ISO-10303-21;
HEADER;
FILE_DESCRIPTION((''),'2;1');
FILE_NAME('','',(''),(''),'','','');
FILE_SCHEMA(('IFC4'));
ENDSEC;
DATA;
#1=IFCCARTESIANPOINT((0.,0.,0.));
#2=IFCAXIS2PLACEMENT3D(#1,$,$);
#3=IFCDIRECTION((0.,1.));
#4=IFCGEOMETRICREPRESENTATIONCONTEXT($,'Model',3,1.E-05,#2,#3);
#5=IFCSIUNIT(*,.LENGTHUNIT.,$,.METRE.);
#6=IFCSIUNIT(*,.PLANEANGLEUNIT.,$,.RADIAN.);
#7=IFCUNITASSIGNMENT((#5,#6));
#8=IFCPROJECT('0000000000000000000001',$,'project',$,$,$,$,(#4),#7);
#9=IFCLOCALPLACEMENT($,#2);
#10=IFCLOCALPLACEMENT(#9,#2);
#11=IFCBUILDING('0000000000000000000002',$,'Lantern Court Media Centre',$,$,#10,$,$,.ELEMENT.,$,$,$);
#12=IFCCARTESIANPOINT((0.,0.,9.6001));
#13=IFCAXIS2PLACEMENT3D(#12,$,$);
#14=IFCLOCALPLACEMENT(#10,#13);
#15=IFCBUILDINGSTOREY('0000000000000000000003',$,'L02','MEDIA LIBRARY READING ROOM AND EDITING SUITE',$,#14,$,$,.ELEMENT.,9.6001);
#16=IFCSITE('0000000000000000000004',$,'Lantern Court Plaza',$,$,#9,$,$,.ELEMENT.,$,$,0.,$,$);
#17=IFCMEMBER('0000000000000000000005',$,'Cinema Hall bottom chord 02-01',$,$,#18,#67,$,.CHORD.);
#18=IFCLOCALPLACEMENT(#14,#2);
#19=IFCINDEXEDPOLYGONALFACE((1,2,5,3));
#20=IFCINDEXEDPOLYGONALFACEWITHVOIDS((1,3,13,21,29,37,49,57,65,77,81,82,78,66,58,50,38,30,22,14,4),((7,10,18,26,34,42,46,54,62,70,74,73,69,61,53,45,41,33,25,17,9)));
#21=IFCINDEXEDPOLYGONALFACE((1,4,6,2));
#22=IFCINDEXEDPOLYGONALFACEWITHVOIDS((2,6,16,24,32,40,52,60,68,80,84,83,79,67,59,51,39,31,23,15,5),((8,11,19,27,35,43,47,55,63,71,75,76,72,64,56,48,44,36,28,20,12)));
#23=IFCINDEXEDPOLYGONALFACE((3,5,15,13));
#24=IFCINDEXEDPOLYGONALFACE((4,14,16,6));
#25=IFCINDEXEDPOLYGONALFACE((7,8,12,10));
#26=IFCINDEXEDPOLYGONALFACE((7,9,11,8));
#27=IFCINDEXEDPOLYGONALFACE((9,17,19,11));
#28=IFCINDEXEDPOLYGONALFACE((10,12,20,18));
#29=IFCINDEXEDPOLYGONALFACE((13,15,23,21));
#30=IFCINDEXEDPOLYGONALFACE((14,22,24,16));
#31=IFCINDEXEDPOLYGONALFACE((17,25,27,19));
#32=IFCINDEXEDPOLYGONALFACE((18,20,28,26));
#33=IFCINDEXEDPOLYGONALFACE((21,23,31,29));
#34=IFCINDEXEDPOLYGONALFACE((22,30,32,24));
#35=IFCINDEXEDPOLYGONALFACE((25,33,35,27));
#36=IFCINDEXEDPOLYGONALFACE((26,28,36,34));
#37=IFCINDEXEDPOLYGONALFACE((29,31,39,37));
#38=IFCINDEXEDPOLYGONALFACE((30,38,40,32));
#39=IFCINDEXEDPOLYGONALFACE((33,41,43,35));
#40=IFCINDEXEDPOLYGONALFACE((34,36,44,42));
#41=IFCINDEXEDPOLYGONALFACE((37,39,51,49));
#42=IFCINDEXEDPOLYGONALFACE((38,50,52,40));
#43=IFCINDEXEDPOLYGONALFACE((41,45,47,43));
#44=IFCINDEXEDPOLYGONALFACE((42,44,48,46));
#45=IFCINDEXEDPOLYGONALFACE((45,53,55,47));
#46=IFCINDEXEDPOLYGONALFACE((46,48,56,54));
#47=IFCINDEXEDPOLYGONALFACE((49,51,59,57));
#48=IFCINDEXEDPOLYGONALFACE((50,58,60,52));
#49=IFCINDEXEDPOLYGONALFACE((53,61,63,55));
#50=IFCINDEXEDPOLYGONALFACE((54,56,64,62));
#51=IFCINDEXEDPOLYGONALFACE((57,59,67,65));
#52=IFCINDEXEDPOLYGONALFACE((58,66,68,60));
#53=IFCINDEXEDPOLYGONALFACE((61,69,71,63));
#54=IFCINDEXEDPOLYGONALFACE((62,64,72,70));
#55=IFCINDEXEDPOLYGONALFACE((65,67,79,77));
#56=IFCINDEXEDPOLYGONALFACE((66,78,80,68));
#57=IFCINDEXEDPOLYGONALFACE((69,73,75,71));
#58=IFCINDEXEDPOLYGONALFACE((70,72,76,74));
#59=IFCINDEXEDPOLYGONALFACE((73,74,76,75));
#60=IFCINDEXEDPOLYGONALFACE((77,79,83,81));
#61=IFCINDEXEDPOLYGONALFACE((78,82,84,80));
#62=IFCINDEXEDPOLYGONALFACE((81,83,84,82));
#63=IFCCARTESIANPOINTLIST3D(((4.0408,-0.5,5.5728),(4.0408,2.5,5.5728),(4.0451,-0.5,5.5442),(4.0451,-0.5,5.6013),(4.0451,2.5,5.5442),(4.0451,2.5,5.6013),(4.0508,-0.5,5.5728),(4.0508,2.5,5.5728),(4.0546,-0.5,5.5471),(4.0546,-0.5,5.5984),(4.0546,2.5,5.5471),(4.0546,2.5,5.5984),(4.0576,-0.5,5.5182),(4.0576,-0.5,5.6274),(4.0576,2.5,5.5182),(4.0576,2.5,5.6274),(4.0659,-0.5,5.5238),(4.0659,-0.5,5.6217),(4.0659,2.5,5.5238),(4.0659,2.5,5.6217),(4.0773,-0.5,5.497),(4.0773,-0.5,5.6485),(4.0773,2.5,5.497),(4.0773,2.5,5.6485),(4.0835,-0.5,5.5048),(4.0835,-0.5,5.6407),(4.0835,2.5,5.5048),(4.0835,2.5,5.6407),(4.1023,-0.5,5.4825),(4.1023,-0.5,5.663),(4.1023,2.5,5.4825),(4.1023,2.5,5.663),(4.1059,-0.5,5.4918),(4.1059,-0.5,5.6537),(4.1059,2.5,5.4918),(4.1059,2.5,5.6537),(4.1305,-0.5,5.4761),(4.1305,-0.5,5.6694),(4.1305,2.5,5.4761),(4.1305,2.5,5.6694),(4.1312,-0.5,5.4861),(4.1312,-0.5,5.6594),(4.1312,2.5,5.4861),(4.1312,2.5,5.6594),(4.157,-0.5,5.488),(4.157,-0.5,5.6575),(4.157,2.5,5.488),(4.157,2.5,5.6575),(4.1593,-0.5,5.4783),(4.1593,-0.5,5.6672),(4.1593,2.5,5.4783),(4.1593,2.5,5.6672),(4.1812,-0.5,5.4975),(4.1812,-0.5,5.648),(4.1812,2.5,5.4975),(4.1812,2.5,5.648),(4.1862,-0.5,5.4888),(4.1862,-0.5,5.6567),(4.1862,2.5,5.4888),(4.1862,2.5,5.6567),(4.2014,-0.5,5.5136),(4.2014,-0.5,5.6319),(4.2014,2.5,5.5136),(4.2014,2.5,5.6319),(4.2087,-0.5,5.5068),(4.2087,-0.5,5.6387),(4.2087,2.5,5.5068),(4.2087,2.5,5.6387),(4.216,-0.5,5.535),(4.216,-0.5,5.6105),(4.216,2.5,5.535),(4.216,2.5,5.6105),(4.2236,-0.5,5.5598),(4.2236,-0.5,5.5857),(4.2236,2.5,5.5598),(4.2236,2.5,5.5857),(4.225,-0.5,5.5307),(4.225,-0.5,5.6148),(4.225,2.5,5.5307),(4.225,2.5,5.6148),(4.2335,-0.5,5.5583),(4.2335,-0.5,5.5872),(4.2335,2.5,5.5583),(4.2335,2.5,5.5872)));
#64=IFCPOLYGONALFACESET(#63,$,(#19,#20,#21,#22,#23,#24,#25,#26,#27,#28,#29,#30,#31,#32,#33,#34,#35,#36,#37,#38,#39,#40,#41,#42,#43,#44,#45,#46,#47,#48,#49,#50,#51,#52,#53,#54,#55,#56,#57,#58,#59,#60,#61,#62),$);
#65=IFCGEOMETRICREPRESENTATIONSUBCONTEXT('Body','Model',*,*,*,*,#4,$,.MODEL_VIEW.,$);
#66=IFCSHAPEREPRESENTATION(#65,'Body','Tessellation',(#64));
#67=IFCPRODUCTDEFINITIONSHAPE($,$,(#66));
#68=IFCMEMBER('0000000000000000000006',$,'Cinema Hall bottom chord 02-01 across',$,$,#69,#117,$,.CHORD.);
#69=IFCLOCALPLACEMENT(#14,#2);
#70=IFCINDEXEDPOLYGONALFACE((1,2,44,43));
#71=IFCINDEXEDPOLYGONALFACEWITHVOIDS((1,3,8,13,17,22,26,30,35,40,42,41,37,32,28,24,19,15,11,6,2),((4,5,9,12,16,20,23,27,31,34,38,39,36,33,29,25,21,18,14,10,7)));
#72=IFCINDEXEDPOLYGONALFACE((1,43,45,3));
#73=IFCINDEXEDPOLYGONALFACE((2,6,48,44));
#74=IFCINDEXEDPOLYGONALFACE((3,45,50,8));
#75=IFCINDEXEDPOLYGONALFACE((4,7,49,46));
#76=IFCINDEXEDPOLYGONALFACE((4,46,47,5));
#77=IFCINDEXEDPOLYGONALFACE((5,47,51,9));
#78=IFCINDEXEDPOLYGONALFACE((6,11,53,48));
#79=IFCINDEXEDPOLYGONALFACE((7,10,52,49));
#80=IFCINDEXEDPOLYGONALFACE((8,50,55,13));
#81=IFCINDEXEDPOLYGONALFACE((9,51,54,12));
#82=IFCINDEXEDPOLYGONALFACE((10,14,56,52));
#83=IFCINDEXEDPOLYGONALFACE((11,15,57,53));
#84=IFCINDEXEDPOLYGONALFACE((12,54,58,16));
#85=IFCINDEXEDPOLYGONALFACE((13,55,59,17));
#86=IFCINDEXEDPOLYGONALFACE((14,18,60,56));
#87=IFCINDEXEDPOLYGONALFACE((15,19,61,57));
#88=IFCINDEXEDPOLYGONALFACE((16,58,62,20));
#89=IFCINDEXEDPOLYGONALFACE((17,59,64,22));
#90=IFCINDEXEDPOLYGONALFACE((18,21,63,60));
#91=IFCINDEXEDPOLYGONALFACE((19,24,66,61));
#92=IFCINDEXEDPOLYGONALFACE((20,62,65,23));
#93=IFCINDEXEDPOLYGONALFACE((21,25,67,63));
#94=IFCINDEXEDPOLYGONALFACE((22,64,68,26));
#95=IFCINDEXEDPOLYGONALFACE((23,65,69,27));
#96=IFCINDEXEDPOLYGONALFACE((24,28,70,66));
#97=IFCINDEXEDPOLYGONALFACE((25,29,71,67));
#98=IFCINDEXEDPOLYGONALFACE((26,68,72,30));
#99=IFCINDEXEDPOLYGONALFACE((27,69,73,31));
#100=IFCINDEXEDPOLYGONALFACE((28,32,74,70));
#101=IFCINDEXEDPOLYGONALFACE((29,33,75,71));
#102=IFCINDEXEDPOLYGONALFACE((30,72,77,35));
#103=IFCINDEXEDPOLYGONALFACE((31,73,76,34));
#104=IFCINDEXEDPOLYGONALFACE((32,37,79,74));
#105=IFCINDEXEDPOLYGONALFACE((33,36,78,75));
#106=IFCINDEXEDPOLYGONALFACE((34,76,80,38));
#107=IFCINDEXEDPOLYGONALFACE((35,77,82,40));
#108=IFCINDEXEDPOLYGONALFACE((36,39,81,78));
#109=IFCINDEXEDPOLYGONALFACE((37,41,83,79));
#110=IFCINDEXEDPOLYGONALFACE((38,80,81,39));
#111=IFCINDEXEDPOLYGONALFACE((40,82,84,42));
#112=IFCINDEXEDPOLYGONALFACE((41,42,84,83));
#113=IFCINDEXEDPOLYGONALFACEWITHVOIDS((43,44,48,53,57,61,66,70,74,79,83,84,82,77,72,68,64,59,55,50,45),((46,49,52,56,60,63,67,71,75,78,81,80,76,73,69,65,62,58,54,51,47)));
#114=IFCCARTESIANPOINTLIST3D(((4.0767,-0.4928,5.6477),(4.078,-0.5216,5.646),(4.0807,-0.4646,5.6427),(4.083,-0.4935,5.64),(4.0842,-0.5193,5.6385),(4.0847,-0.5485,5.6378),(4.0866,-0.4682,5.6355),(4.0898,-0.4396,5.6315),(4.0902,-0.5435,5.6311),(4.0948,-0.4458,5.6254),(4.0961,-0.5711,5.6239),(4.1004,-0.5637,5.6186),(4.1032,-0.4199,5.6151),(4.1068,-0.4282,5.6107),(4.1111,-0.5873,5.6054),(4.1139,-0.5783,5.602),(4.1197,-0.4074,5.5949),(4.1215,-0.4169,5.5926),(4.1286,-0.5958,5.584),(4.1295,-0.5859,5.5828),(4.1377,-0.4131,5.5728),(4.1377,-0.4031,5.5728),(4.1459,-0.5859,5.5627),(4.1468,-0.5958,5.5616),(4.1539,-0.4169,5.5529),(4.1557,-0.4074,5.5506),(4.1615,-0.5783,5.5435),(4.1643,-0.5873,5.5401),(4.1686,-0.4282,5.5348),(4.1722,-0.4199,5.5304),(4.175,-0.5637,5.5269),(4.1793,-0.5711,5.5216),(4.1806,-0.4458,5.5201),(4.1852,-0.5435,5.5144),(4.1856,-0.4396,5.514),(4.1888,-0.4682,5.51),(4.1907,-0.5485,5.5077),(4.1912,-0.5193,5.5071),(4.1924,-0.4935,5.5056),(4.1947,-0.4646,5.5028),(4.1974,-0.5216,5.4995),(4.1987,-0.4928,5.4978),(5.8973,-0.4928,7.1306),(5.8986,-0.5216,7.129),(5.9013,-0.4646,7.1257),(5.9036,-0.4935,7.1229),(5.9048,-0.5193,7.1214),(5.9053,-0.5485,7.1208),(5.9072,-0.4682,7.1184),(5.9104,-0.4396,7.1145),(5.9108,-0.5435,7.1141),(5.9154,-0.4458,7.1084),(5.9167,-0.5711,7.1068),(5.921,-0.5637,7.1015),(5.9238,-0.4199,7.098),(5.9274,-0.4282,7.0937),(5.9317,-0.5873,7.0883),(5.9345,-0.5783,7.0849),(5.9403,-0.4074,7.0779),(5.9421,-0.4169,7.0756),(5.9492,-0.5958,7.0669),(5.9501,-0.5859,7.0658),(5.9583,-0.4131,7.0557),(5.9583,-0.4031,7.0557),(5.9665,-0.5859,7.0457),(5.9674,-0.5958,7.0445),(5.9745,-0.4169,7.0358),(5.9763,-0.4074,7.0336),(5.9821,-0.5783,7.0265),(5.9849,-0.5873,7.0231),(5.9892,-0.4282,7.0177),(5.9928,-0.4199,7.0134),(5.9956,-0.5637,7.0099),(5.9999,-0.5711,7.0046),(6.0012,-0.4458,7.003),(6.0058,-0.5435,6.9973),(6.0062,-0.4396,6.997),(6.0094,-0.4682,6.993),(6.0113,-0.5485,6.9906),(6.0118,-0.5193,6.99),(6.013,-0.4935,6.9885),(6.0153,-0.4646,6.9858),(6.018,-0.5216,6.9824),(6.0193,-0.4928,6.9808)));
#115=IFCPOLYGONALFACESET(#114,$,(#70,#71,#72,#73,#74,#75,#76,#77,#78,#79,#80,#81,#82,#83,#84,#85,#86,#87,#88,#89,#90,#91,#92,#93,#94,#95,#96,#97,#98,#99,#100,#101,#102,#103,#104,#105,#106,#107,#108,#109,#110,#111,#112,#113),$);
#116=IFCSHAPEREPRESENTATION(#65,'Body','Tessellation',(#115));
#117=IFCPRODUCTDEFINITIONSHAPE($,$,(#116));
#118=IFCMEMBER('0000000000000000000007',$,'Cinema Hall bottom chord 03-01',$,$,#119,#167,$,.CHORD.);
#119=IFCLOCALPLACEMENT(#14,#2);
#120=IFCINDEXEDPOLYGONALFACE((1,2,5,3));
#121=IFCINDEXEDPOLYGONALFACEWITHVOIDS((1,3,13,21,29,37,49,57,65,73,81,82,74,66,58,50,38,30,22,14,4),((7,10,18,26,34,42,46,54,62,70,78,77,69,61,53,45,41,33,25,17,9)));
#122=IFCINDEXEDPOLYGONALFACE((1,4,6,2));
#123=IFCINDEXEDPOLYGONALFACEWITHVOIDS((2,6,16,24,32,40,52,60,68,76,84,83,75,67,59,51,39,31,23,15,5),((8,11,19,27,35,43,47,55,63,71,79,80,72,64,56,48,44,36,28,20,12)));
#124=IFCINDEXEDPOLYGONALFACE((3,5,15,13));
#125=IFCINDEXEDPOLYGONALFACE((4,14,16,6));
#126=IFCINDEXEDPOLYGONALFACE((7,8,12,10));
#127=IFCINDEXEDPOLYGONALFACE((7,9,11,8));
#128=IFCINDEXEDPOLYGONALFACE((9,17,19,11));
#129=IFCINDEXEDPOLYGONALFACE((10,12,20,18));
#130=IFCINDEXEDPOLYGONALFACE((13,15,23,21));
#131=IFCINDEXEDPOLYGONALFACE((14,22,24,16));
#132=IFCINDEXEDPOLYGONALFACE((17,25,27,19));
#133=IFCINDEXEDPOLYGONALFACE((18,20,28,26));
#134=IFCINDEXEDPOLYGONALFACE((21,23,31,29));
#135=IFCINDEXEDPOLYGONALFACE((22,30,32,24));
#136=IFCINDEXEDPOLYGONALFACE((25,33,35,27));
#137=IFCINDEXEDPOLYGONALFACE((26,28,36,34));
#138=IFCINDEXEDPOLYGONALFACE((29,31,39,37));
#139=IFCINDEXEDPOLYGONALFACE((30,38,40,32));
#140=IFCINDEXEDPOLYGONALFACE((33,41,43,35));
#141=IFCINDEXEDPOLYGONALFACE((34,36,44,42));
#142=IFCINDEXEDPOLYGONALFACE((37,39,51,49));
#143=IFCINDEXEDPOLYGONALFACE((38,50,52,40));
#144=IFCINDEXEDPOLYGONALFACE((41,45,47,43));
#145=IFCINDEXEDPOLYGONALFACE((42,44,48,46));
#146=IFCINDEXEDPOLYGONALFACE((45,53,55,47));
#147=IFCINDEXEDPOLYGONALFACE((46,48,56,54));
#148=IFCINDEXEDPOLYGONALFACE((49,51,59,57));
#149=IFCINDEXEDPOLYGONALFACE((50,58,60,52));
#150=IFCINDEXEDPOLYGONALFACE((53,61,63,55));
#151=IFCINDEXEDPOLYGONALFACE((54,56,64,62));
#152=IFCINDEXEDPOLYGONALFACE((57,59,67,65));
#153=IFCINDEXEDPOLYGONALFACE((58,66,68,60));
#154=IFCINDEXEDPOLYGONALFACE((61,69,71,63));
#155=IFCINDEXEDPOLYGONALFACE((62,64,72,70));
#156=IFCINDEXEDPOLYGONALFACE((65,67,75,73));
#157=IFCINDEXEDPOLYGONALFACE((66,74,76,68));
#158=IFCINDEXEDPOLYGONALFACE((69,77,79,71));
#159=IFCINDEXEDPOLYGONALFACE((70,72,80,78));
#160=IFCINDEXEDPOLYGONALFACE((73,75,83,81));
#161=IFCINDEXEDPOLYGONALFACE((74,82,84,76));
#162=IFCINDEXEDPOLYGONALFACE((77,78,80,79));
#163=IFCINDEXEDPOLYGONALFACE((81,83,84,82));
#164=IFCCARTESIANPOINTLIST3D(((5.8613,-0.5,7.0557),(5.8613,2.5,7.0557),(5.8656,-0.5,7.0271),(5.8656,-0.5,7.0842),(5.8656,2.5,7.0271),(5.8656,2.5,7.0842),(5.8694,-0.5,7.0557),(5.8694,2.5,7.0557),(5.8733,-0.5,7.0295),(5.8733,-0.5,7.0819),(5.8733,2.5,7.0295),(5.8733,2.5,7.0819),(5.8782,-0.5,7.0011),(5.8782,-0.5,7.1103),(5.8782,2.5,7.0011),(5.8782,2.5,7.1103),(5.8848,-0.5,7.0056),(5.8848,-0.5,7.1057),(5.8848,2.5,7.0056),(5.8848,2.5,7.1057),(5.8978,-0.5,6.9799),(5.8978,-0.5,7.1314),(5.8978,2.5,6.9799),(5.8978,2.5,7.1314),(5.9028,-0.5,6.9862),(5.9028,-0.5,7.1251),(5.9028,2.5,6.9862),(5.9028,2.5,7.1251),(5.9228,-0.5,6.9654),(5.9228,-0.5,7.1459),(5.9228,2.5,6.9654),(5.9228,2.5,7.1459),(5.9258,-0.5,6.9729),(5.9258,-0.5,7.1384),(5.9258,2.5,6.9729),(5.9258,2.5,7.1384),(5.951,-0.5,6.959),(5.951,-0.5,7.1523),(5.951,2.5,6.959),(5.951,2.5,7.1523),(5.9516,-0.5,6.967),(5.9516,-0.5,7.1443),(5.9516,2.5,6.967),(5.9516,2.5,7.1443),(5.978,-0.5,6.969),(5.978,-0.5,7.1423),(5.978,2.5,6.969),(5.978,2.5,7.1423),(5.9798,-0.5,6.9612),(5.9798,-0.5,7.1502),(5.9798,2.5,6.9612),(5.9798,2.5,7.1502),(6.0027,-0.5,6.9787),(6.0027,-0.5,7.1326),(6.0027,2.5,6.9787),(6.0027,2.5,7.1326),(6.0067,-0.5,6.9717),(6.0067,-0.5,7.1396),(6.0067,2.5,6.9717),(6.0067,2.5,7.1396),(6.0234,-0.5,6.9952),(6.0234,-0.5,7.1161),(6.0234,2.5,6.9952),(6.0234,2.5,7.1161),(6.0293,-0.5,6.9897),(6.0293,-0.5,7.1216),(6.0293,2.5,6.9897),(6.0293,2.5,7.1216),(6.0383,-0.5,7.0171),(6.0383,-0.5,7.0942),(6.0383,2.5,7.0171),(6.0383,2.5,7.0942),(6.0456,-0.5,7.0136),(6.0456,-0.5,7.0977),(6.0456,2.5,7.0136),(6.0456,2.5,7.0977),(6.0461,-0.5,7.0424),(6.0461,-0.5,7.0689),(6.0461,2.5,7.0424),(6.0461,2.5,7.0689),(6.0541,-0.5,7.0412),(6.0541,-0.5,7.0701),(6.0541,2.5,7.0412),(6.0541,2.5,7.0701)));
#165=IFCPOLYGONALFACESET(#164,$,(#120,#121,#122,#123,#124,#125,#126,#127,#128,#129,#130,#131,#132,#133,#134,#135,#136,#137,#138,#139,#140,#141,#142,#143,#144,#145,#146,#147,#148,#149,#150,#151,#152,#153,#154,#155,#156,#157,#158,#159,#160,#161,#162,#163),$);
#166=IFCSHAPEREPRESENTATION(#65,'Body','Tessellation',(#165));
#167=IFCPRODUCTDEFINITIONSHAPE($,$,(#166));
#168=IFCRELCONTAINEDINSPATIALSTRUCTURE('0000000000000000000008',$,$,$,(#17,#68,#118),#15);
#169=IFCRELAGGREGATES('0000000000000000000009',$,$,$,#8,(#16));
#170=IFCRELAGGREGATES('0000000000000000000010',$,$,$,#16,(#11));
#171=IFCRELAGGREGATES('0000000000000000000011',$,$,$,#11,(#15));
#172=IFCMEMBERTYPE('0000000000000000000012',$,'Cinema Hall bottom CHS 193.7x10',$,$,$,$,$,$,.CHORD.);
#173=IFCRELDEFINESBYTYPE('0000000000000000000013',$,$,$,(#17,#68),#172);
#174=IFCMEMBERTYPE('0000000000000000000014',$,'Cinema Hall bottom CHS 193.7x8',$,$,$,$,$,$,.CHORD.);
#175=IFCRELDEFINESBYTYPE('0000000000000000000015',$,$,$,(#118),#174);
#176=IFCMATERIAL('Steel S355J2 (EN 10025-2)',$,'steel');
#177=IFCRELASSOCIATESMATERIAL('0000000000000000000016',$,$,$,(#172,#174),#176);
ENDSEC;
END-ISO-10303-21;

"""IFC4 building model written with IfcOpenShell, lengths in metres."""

from ifc_helpers import new_model, si_unit, direction, frame, origin, origin_2d, place, context, subcontext, project, spatial, hollow_circle, extrude, material, material_profile, profile_set, type_object, element, save


model = new_model("IFC4")

# Units and contexts
model_context = context("Model", 3, precision=1e-05, world=origin(), true_north=direction((0.0, 1.0)))
body_context = subcontext(model_context, "Body", "Model", "MODEL_VIEW")
ifc_project = project(units=[si_unit("LENGTHUNIT", "METRE"), si_unit("PLANEANGLEUNIT", "RADIAN")], contexts=[model_context])

# Site, building, storey
site_placement = place(None, origin())
site = spatial("IfcSite", under=ifc_project, at=site_placement, Name="Lantern Court Plaza", CompositionType="ELEMENT", RefElevation=0.0)
building_placement = place(site_placement, origin())
building = spatial("IfcBuilding", under=site, at=building_placement, Name="Lantern Court Media Centre", CompositionType="ELEMENT")
storey_placement = place(building_placement, frame((0.0, 0.0, 9.6001)))
storey = spatial("IfcBuildingStorey", under=building, at=storey_placement, Name="L02", Description="MEDIA LIBRARY READING ROOM AND EDITING SUITE", CompositionType="ELEMENT", Elevation=9.6001)

# Members
ifc_material = material(Name="Steel S355J2 (EN 10025-2)", Category="steel")
ifc_material_profile_1 = material_profile(ifc_material, hollow_circle(Radius=0.0969, WallThickness=0.01, at=origin_2d()), Name="Cinema Hall bottom CHS 193.7x10")
ifc_profile_set_1 = profile_set([ifc_material_profile_1], Name="Steel S355J2 (EN 10025-2)")
member_type_1 = type_object("IfcMemberType", Name="Cinema Hall bottom CHS 193.7x10", PredefinedType="CHORD", material=ifc_profile_set_1)
member_1_placement = place(storey_placement, frame((4.1377, -0.5, 5.5728), z_axis=(0.0, 1.0, 0.0), x_axis=(-1.0, 0.0, 0.0)))
element("IfcMember", 1, at=member_1_placement, inside=storey, type_object=member_type_1, Name="Cinema Hall bottom chord 02-01", PredefinedType="CHORD", context=body_context, shape_type="SweptSolid", body=[
    extrude(hollow_circle(Radius=0.0969, WallThickness=0.01, at=origin_2d()), origin(), (0.0, 0.0, 1.0), 3.0),
])
member_2_placement = place(storey_placement, frame((4.1377, -0.5, 5.5728), z_axis=(0.775341, 0.0, 0.631543), x_axis=(0.0, 1.0, 0.0)))
element("IfcMember", 2, at=member_2_placement, inside=storey, type_object=member_type_1, Name="Cinema Hall bottom chord 02-01 across", PredefinedType="CHORD", context=body_context, shape_type="SweptSolid", body=[
    extrude(hollow_circle(Radius=0.0969, WallThickness=0.01, at=origin_2d()), origin(), (0.0, 0.0, 1.0), 2.3481),
])
ifc_material_profile_2 = material_profile(ifc_material, hollow_circle(Radius=0.0969, WallThickness=0.0081, at=origin_2d()), Name="Cinema Hall bottom CHS 193.7x8")
ifc_profile_set_2 = profile_set([ifc_material_profile_2], Name="Steel S355J2 (EN 10025-2)")
member_type_2 = type_object("IfcMemberType", Name="Cinema Hall bottom CHS 193.7x8", PredefinedType="CHORD", material=ifc_profile_set_2)
member_3_placement = place(storey_placement, frame((5.9583, -0.5, 7.0557), z_axis=(0.0, 1.0, 0.0), x_axis=(-1.0, 0.0, 0.0)))
element("IfcMember", 3, at=member_3_placement, inside=storey, type_object=member_type_2, Name="Cinema Hall bottom chord 03-01", PredefinedType="CHORD", context=body_context, shape_type="SweptSolid", body=[
    extrude(hollow_circle(Radius=0.0969, WallThickness=0.0081, at=origin_2d()), origin(), (0.0, 0.0, 1.0), 3.0),
])

save(model, "model.ifc")
